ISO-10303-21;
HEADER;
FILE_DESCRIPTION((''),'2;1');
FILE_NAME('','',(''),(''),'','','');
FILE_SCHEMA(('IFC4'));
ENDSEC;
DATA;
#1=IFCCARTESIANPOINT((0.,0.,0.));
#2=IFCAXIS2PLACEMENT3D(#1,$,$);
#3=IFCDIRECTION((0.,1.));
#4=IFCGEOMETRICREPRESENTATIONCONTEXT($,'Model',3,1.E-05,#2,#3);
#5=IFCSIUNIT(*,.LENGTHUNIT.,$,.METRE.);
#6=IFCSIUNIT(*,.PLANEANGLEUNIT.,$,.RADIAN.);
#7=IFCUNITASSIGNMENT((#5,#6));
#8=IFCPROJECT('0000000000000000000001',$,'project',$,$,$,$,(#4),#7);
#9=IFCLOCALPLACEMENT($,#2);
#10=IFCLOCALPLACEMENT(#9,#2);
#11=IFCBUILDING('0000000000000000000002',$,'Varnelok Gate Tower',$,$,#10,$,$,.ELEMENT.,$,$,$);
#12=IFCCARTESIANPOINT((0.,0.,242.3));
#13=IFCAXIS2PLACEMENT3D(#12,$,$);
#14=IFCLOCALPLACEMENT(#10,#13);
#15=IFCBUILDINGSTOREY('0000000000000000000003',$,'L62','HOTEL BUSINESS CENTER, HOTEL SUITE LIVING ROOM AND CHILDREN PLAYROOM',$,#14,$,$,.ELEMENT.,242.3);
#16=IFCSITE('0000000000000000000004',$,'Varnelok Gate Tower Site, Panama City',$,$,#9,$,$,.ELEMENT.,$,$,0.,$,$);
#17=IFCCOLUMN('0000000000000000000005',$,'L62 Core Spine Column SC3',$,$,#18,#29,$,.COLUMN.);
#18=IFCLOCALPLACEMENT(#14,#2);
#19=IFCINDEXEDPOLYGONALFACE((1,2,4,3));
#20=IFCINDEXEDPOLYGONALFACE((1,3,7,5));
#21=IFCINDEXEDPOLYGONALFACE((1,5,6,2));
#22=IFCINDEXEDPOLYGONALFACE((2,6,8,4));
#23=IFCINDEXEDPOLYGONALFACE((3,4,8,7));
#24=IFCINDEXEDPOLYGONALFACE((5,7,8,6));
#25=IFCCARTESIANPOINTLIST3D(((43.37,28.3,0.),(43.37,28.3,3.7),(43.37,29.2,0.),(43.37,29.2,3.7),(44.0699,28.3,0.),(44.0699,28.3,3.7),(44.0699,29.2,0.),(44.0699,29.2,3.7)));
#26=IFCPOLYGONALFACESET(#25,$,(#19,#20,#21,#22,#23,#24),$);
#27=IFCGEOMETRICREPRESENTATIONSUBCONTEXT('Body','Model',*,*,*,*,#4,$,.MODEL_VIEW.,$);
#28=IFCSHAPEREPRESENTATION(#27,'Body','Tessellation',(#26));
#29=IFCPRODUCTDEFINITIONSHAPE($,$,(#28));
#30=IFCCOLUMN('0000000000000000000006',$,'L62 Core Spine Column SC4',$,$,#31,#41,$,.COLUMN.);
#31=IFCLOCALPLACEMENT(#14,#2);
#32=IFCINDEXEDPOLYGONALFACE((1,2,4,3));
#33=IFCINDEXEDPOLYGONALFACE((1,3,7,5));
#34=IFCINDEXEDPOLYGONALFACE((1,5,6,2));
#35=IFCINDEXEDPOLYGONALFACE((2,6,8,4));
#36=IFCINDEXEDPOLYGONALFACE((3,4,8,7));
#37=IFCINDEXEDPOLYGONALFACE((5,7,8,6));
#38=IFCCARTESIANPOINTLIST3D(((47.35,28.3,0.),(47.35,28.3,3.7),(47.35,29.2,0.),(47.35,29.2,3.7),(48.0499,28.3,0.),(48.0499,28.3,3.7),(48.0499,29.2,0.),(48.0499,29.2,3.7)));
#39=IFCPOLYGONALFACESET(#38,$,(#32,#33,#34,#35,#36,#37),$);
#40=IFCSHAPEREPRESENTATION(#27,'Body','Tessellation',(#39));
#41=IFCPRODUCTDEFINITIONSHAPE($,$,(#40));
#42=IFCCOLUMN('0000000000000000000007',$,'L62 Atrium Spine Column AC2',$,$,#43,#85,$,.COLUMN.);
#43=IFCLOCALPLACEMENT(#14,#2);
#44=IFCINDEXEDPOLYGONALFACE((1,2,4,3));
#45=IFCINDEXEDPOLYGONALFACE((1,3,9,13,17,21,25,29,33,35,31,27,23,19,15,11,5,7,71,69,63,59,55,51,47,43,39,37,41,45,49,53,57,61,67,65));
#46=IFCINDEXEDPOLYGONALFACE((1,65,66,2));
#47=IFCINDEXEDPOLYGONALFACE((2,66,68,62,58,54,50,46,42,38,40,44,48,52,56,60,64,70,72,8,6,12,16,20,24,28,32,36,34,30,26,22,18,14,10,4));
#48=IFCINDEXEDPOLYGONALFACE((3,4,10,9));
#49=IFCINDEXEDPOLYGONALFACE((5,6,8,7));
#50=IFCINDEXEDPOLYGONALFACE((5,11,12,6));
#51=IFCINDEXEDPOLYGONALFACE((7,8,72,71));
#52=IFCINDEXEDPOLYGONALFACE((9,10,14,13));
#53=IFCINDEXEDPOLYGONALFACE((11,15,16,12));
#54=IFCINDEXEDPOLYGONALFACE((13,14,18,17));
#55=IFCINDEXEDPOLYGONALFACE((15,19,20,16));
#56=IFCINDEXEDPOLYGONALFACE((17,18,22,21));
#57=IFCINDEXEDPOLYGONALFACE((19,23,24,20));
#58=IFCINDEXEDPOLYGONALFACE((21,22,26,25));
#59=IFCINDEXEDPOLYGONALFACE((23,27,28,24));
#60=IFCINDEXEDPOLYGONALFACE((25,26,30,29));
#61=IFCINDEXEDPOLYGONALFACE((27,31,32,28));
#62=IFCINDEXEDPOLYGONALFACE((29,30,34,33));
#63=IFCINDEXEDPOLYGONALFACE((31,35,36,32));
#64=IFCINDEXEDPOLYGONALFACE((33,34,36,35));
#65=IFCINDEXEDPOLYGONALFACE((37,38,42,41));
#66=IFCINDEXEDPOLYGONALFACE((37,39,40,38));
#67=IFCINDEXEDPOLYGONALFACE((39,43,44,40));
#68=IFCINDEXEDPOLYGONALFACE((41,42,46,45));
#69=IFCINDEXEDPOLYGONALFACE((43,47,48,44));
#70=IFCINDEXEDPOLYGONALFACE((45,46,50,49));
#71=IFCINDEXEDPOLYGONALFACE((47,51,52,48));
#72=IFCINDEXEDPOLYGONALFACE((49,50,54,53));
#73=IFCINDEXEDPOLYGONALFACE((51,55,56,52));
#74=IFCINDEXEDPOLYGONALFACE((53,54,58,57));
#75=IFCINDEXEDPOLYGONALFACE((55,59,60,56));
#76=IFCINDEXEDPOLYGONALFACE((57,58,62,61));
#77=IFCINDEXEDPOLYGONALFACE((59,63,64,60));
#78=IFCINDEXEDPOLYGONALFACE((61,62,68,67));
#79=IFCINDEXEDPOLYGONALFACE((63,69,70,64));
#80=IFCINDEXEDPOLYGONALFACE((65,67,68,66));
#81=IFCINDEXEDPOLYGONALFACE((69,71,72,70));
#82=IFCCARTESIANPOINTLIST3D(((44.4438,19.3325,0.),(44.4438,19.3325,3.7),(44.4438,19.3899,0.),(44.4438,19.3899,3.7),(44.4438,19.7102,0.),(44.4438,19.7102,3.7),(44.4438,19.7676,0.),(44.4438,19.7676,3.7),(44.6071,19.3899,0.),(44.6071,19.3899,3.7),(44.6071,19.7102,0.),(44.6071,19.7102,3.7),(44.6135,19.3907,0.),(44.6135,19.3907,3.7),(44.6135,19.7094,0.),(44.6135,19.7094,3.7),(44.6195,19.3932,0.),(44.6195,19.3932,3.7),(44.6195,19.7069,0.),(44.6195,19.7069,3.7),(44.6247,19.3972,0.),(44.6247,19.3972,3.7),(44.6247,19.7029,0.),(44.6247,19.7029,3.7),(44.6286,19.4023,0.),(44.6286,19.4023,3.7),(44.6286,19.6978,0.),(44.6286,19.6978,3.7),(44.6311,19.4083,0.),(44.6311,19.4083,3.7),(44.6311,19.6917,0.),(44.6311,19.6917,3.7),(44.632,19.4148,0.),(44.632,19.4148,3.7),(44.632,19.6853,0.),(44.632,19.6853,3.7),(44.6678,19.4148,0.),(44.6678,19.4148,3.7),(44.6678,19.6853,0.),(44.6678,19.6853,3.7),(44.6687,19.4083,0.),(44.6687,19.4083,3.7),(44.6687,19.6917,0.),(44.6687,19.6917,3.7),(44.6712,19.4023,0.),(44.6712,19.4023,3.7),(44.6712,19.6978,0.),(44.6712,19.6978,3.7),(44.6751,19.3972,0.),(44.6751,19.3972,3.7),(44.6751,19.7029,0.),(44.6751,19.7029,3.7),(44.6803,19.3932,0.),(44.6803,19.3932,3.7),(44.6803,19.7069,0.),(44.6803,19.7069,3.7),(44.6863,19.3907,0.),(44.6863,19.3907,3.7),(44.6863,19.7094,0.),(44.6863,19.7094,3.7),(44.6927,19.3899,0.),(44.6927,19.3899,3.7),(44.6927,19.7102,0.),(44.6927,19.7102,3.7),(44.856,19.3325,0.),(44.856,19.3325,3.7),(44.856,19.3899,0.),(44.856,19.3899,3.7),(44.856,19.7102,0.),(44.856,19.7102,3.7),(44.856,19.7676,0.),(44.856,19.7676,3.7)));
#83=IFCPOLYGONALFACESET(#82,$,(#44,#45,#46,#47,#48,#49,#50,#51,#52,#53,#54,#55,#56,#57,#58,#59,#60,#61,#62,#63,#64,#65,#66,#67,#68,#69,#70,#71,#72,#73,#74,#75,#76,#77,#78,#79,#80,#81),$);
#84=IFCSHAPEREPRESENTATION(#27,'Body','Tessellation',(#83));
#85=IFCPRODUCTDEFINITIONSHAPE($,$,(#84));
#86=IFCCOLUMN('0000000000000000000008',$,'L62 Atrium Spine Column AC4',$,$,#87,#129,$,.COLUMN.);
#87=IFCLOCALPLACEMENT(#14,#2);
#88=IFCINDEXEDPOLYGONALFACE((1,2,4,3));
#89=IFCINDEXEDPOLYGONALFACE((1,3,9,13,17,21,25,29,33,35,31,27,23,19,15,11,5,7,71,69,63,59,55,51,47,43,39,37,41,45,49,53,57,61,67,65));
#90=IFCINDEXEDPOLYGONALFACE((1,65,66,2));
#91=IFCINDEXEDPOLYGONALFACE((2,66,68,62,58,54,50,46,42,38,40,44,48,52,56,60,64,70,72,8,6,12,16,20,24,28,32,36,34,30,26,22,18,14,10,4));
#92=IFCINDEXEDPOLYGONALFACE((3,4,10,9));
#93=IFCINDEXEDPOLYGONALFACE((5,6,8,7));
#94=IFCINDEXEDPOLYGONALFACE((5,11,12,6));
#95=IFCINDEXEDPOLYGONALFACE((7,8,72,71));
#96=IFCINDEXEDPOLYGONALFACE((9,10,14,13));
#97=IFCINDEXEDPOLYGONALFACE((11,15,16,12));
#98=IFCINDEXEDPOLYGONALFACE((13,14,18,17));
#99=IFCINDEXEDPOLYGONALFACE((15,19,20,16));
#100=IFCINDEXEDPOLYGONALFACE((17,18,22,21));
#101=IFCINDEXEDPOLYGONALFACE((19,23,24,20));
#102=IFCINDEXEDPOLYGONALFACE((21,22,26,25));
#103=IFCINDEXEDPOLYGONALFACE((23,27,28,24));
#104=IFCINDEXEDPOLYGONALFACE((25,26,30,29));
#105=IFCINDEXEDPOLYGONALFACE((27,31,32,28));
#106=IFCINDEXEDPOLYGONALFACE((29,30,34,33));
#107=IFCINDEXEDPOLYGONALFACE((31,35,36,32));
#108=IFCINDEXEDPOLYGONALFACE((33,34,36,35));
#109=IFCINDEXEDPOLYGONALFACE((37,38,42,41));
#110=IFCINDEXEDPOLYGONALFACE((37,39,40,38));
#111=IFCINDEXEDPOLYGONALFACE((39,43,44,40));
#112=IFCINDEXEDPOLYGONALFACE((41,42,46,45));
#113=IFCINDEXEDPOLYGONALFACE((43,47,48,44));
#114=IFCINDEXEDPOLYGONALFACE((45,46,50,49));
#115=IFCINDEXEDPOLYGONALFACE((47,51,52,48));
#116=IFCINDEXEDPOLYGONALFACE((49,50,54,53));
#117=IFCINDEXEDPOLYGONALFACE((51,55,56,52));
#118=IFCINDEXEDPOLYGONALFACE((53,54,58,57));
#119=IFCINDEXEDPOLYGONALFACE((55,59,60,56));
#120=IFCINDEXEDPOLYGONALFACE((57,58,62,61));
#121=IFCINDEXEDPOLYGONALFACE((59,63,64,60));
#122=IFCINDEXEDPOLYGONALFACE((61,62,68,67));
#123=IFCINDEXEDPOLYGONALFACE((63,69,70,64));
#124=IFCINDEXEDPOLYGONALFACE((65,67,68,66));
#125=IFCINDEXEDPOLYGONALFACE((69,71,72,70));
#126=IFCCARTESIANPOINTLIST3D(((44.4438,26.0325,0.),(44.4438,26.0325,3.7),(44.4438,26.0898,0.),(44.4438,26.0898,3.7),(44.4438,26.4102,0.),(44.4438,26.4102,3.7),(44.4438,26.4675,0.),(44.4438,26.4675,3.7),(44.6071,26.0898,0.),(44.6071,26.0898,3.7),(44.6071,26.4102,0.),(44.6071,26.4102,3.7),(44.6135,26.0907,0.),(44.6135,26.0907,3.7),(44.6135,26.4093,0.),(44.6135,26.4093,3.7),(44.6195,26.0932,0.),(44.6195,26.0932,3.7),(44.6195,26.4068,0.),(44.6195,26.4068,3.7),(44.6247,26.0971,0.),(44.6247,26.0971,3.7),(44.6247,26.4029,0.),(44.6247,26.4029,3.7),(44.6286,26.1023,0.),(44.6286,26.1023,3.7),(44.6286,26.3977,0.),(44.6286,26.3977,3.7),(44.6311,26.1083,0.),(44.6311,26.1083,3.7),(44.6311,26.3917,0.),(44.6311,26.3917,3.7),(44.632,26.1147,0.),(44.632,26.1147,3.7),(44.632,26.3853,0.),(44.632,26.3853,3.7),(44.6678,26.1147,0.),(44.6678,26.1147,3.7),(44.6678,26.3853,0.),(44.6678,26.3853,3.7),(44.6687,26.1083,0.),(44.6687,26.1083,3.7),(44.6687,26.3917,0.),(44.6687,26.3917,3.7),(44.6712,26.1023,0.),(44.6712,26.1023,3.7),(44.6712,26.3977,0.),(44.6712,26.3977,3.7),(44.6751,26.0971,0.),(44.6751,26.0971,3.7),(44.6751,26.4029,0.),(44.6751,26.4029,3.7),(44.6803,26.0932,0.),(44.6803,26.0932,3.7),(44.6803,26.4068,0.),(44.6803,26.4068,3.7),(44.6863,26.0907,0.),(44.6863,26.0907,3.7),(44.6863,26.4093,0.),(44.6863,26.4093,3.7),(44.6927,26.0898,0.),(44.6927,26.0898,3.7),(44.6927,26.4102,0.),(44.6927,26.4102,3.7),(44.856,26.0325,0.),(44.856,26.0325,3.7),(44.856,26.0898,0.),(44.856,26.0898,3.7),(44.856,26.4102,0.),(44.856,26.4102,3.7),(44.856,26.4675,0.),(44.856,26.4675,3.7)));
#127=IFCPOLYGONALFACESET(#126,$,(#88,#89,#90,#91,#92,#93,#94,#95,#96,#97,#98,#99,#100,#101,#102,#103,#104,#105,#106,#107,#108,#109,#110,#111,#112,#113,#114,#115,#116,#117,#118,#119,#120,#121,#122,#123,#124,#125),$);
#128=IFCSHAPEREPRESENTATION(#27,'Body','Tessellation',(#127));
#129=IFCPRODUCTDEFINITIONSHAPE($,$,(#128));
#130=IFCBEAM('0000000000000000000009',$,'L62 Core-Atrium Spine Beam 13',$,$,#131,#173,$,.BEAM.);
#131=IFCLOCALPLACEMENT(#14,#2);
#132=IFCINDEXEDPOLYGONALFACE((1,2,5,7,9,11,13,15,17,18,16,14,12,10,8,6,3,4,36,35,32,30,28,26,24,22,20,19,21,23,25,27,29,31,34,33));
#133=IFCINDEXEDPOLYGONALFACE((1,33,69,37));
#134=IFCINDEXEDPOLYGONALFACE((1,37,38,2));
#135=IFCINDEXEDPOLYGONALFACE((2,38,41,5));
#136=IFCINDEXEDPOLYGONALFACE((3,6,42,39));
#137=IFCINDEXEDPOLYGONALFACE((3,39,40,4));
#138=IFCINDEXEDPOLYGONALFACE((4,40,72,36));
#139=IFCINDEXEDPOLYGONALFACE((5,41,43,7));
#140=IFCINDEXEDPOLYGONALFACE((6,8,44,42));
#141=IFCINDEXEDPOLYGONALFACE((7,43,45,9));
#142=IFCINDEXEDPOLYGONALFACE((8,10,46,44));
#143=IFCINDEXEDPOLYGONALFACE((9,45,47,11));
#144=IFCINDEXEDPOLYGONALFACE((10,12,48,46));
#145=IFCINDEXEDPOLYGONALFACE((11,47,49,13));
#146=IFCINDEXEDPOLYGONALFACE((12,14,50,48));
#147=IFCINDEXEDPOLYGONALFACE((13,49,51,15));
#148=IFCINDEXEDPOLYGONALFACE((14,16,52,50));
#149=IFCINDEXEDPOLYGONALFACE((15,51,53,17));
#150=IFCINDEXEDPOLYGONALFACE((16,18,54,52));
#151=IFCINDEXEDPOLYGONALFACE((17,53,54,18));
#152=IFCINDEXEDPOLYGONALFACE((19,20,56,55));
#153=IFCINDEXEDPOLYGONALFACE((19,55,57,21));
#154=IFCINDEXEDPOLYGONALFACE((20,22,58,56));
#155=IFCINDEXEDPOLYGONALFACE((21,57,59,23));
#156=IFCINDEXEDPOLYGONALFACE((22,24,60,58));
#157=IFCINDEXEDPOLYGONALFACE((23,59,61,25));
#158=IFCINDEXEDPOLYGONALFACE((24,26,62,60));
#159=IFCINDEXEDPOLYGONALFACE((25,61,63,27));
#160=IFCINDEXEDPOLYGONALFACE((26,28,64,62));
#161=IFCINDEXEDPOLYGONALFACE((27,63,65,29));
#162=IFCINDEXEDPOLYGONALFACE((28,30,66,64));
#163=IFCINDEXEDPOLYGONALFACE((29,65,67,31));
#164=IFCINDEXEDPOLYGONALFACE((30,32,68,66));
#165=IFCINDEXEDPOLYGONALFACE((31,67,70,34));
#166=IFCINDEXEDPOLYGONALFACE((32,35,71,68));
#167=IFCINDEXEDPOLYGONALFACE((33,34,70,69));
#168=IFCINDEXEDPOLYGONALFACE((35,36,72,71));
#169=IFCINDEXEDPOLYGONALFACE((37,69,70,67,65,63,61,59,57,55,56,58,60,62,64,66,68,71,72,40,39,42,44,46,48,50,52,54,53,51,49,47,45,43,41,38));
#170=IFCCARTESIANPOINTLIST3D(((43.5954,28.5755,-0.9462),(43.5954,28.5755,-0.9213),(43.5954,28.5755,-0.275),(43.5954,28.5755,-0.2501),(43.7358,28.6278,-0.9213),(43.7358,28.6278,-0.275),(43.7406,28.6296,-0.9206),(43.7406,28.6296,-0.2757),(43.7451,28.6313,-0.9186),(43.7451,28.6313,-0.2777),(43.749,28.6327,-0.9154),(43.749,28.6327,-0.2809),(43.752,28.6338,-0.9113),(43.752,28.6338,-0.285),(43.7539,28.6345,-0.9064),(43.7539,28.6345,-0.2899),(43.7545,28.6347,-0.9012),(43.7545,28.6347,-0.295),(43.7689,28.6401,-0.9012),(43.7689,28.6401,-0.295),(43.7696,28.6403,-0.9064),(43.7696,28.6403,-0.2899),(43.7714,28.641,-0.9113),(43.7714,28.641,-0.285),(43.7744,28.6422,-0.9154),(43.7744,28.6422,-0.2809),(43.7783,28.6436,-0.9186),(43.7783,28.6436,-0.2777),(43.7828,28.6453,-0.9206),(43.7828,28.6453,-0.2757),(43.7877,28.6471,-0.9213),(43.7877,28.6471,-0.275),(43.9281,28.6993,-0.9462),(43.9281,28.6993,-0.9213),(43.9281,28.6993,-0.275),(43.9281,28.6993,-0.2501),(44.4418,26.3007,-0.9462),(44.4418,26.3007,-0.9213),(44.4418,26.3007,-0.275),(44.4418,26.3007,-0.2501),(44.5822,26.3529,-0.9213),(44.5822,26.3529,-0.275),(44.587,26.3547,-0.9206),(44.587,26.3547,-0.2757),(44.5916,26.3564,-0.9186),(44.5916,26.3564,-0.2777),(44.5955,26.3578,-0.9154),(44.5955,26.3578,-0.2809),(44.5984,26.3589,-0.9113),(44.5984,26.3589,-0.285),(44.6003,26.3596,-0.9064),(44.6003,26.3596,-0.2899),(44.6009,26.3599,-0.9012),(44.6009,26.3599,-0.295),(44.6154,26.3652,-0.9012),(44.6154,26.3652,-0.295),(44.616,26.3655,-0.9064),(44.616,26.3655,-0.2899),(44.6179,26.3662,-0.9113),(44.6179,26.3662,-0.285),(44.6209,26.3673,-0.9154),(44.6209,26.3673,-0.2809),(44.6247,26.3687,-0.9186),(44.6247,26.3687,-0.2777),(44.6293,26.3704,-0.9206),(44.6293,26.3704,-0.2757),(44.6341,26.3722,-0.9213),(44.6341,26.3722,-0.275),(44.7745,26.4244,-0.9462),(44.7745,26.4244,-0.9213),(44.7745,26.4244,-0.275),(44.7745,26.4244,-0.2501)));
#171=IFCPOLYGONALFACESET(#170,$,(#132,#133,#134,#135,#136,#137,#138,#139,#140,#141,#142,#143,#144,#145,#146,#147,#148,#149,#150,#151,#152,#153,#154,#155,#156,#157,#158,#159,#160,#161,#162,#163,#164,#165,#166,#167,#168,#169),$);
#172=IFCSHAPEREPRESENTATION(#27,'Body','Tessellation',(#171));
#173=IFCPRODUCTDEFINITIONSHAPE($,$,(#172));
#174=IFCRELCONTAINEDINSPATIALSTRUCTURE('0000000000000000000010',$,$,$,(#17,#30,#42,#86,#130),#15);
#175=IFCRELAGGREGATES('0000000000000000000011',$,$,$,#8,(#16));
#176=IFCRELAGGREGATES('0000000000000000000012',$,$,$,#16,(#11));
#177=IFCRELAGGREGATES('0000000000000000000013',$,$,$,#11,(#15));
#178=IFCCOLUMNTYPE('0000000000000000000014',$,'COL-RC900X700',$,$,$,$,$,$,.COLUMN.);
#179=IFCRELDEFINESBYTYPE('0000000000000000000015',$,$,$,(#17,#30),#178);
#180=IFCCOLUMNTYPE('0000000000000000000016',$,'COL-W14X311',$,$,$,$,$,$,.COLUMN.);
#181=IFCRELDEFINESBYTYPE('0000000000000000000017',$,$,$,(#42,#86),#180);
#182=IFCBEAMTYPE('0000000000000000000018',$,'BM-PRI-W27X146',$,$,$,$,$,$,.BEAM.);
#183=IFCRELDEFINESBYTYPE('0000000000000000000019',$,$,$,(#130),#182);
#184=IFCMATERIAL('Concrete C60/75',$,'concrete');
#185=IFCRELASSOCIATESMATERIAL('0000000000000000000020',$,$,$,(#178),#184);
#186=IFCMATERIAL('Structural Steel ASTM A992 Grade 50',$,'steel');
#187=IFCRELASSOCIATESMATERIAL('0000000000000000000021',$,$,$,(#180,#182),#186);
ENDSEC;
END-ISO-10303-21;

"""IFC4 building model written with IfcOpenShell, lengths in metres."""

from ifc_helpers import new_model, si_unit, direction, frame, origin, origin_2d, place, context, subcontext, project, spatial, rectangle, i_section, extrude, material, material_profile, profile_set, type_object, element, save


model = new_model("IFC4")

# Units and contexts
model_context = context("Model", 3, precision=1e-05, world=origin(), true_north=direction((0.0, 1.0)))
body_context = subcontext(model_context, "Body", "Model", "MODEL_VIEW")
ifc_project = project(units=[si_unit("LENGTHUNIT", "METRE"), si_unit("PLANEANGLEUNIT", "RADIAN")], contexts=[model_context])

# Site, building, storey
site_placement = place(None, origin())
site = spatial("IfcSite", under=ifc_project, at=site_placement, Name="Varnelok Gate Tower Site, Panama City", CompositionType="ELEMENT", RefElevation=0.0)
building_placement = place(site_placement, origin())
building = spatial("IfcBuilding", under=site, at=building_placement, Name="Varnelok Gate Tower", CompositionType="ELEMENT")
storey_placement = place(building_placement, frame((0.0, 0.0, 242.3)))
storey = spatial("IfcBuildingStorey", under=building, at=storey_placement, Name="L62", Description="HOTEL BUSINESS CENTER, HOTEL SUITE LIVING ROOM AND CHILDREN PLAYROOM", CompositionType="ELEMENT", Elevation=242.3)

# Columns
ifc_material_1 = material(Name="Concrete C60/75", Category="concrete")
ifc_material_profile_1 = material_profile(ifc_material_1, rectangle(XDim=0.7, YDim=0.8999, at=origin_2d()), Name="RC900X700")
ifc_profile_set_1 = profile_set([ifc_material_profile_1], Name="Concrete C60/75")
column_type_1 = type_object("IfcColumnType", Name="COL-RC900X700", PredefinedType="COLUMN", material=ifc_profile_set_1)
for number, where, z_axis, x_axis, name in (
    (1, (43.72, 28.75, 0.0), (0.0, 0.0, 1.0), (1.0, 0.0, 0.0), "L62 Core Spine Column SC3"),
    (2, (47.7, 28.75, 0.0), (0.0, 0.0, 1.0), (1.0, 0.0, 0.0), "L62 Core Spine Column SC4"),
):
    element("IfcColumn", number, at=place(storey_placement, frame(where, z_axis=z_axis, x_axis=x_axis)), inside=storey, type_object=column_type_1, Name=name, PredefinedType="COLUMN", context=body_context, shape_type="SweptSolid", body=[
        extrude(rectangle(XDim=0.7, YDim=0.8999, at=origin_2d()), origin(), (0.0, 0.0, 1.0), 3.7),
    ])
ifc_material_2 = material(Name="Structural Steel ASTM A992 Grade 50", Category="steel")
ifc_material_profile_2 = material_profile(ifc_material_2, i_section(OverallWidth=0.4121, OverallDepth=0.4351, WebThickness=0.0359, FlangeThickness=0.0574, FilletRadius=0.0249, at=origin_2d()), Name="W14X311")
ifc_profile_set_2 = profile_set([ifc_material_profile_2], Name="Structural Steel ASTM A992 Grade 50")
column_type_2 = type_object("IfcColumnType", Name="COL-W14X311", PredefinedType="COLUMN", material=ifc_profile_set_2)
for number, where, z_axis, x_axis, name in (
    (3, (44.6499, 19.55, 0.0), (0.0, 0.0, 1.0), (1.0, 0.0, 0.0), "L62 Atrium Spine Column AC2"),
    (4, (44.6499, 26.25, 0.0), (0.0, 0.0, 1.0), (1.0, 0.0, 0.0), "L62 Atrium Spine Column AC4"),
):
    element("IfcColumn", number, at=place(storey_placement, frame(where, z_axis=z_axis, x_axis=x_axis)), inside=storey, type_object=column_type_2, Name=name, PredefinedType="COLUMN", context=body_context, shape_type="SweptSolid", body=[
        extrude(i_section(OverallWidth=0.4121, OverallDepth=0.4351, WebThickness=0.0359, FlangeThickness=0.0574, FilletRadius=0.0249, at=origin_2d()), origin(), (0.0, 0.0, 1.0), 3.7),
    ])

# Beam
ifc_material_profile_3 = material_profile(ifc_material_2, i_section(OverallWidth=0.355, OverallDepth=0.696, WebThickness=0.0154, FlangeThickness=0.0249, FilletRadius=0.02, at=origin_2d()), Name="W27X146")
ifc_profile_set_3 = profile_set([ifc_material_profile_3], Name="Structural Steel ASTM A992 Grade 50")
beam_type_1 = type_object("IfcBeamType", Name="BM-PRI-W27X146", PredefinedType="BEAM", material=ifc_profile_set_3)
beam_1_placement = place(storey_placement, frame((44.6082, 26.3625, -0.5981), z_axis=(-0.348719, 0.937227, 0.0), x_axis=(-0.937227, -0.348719, 0.0)))
element("IfcBeam", 5, at=beam_1_placement, inside=storey, type_object=beam_type_1, Name="L62 Core-Atrium Spine Beam 13", PredefinedType="BEAM", context=body_context, shape_type="SweptSolid", body=[
    extrude(i_section(OverallWidth=0.355, OverallDepth=0.696, WebThickness=0.0154, FlangeThickness=0.0249, FilletRadius=0.02, at=origin_2d()), origin(), (0.0, 0.0, 1.0), 2.4272),
])

save(model, "model.ifc")
